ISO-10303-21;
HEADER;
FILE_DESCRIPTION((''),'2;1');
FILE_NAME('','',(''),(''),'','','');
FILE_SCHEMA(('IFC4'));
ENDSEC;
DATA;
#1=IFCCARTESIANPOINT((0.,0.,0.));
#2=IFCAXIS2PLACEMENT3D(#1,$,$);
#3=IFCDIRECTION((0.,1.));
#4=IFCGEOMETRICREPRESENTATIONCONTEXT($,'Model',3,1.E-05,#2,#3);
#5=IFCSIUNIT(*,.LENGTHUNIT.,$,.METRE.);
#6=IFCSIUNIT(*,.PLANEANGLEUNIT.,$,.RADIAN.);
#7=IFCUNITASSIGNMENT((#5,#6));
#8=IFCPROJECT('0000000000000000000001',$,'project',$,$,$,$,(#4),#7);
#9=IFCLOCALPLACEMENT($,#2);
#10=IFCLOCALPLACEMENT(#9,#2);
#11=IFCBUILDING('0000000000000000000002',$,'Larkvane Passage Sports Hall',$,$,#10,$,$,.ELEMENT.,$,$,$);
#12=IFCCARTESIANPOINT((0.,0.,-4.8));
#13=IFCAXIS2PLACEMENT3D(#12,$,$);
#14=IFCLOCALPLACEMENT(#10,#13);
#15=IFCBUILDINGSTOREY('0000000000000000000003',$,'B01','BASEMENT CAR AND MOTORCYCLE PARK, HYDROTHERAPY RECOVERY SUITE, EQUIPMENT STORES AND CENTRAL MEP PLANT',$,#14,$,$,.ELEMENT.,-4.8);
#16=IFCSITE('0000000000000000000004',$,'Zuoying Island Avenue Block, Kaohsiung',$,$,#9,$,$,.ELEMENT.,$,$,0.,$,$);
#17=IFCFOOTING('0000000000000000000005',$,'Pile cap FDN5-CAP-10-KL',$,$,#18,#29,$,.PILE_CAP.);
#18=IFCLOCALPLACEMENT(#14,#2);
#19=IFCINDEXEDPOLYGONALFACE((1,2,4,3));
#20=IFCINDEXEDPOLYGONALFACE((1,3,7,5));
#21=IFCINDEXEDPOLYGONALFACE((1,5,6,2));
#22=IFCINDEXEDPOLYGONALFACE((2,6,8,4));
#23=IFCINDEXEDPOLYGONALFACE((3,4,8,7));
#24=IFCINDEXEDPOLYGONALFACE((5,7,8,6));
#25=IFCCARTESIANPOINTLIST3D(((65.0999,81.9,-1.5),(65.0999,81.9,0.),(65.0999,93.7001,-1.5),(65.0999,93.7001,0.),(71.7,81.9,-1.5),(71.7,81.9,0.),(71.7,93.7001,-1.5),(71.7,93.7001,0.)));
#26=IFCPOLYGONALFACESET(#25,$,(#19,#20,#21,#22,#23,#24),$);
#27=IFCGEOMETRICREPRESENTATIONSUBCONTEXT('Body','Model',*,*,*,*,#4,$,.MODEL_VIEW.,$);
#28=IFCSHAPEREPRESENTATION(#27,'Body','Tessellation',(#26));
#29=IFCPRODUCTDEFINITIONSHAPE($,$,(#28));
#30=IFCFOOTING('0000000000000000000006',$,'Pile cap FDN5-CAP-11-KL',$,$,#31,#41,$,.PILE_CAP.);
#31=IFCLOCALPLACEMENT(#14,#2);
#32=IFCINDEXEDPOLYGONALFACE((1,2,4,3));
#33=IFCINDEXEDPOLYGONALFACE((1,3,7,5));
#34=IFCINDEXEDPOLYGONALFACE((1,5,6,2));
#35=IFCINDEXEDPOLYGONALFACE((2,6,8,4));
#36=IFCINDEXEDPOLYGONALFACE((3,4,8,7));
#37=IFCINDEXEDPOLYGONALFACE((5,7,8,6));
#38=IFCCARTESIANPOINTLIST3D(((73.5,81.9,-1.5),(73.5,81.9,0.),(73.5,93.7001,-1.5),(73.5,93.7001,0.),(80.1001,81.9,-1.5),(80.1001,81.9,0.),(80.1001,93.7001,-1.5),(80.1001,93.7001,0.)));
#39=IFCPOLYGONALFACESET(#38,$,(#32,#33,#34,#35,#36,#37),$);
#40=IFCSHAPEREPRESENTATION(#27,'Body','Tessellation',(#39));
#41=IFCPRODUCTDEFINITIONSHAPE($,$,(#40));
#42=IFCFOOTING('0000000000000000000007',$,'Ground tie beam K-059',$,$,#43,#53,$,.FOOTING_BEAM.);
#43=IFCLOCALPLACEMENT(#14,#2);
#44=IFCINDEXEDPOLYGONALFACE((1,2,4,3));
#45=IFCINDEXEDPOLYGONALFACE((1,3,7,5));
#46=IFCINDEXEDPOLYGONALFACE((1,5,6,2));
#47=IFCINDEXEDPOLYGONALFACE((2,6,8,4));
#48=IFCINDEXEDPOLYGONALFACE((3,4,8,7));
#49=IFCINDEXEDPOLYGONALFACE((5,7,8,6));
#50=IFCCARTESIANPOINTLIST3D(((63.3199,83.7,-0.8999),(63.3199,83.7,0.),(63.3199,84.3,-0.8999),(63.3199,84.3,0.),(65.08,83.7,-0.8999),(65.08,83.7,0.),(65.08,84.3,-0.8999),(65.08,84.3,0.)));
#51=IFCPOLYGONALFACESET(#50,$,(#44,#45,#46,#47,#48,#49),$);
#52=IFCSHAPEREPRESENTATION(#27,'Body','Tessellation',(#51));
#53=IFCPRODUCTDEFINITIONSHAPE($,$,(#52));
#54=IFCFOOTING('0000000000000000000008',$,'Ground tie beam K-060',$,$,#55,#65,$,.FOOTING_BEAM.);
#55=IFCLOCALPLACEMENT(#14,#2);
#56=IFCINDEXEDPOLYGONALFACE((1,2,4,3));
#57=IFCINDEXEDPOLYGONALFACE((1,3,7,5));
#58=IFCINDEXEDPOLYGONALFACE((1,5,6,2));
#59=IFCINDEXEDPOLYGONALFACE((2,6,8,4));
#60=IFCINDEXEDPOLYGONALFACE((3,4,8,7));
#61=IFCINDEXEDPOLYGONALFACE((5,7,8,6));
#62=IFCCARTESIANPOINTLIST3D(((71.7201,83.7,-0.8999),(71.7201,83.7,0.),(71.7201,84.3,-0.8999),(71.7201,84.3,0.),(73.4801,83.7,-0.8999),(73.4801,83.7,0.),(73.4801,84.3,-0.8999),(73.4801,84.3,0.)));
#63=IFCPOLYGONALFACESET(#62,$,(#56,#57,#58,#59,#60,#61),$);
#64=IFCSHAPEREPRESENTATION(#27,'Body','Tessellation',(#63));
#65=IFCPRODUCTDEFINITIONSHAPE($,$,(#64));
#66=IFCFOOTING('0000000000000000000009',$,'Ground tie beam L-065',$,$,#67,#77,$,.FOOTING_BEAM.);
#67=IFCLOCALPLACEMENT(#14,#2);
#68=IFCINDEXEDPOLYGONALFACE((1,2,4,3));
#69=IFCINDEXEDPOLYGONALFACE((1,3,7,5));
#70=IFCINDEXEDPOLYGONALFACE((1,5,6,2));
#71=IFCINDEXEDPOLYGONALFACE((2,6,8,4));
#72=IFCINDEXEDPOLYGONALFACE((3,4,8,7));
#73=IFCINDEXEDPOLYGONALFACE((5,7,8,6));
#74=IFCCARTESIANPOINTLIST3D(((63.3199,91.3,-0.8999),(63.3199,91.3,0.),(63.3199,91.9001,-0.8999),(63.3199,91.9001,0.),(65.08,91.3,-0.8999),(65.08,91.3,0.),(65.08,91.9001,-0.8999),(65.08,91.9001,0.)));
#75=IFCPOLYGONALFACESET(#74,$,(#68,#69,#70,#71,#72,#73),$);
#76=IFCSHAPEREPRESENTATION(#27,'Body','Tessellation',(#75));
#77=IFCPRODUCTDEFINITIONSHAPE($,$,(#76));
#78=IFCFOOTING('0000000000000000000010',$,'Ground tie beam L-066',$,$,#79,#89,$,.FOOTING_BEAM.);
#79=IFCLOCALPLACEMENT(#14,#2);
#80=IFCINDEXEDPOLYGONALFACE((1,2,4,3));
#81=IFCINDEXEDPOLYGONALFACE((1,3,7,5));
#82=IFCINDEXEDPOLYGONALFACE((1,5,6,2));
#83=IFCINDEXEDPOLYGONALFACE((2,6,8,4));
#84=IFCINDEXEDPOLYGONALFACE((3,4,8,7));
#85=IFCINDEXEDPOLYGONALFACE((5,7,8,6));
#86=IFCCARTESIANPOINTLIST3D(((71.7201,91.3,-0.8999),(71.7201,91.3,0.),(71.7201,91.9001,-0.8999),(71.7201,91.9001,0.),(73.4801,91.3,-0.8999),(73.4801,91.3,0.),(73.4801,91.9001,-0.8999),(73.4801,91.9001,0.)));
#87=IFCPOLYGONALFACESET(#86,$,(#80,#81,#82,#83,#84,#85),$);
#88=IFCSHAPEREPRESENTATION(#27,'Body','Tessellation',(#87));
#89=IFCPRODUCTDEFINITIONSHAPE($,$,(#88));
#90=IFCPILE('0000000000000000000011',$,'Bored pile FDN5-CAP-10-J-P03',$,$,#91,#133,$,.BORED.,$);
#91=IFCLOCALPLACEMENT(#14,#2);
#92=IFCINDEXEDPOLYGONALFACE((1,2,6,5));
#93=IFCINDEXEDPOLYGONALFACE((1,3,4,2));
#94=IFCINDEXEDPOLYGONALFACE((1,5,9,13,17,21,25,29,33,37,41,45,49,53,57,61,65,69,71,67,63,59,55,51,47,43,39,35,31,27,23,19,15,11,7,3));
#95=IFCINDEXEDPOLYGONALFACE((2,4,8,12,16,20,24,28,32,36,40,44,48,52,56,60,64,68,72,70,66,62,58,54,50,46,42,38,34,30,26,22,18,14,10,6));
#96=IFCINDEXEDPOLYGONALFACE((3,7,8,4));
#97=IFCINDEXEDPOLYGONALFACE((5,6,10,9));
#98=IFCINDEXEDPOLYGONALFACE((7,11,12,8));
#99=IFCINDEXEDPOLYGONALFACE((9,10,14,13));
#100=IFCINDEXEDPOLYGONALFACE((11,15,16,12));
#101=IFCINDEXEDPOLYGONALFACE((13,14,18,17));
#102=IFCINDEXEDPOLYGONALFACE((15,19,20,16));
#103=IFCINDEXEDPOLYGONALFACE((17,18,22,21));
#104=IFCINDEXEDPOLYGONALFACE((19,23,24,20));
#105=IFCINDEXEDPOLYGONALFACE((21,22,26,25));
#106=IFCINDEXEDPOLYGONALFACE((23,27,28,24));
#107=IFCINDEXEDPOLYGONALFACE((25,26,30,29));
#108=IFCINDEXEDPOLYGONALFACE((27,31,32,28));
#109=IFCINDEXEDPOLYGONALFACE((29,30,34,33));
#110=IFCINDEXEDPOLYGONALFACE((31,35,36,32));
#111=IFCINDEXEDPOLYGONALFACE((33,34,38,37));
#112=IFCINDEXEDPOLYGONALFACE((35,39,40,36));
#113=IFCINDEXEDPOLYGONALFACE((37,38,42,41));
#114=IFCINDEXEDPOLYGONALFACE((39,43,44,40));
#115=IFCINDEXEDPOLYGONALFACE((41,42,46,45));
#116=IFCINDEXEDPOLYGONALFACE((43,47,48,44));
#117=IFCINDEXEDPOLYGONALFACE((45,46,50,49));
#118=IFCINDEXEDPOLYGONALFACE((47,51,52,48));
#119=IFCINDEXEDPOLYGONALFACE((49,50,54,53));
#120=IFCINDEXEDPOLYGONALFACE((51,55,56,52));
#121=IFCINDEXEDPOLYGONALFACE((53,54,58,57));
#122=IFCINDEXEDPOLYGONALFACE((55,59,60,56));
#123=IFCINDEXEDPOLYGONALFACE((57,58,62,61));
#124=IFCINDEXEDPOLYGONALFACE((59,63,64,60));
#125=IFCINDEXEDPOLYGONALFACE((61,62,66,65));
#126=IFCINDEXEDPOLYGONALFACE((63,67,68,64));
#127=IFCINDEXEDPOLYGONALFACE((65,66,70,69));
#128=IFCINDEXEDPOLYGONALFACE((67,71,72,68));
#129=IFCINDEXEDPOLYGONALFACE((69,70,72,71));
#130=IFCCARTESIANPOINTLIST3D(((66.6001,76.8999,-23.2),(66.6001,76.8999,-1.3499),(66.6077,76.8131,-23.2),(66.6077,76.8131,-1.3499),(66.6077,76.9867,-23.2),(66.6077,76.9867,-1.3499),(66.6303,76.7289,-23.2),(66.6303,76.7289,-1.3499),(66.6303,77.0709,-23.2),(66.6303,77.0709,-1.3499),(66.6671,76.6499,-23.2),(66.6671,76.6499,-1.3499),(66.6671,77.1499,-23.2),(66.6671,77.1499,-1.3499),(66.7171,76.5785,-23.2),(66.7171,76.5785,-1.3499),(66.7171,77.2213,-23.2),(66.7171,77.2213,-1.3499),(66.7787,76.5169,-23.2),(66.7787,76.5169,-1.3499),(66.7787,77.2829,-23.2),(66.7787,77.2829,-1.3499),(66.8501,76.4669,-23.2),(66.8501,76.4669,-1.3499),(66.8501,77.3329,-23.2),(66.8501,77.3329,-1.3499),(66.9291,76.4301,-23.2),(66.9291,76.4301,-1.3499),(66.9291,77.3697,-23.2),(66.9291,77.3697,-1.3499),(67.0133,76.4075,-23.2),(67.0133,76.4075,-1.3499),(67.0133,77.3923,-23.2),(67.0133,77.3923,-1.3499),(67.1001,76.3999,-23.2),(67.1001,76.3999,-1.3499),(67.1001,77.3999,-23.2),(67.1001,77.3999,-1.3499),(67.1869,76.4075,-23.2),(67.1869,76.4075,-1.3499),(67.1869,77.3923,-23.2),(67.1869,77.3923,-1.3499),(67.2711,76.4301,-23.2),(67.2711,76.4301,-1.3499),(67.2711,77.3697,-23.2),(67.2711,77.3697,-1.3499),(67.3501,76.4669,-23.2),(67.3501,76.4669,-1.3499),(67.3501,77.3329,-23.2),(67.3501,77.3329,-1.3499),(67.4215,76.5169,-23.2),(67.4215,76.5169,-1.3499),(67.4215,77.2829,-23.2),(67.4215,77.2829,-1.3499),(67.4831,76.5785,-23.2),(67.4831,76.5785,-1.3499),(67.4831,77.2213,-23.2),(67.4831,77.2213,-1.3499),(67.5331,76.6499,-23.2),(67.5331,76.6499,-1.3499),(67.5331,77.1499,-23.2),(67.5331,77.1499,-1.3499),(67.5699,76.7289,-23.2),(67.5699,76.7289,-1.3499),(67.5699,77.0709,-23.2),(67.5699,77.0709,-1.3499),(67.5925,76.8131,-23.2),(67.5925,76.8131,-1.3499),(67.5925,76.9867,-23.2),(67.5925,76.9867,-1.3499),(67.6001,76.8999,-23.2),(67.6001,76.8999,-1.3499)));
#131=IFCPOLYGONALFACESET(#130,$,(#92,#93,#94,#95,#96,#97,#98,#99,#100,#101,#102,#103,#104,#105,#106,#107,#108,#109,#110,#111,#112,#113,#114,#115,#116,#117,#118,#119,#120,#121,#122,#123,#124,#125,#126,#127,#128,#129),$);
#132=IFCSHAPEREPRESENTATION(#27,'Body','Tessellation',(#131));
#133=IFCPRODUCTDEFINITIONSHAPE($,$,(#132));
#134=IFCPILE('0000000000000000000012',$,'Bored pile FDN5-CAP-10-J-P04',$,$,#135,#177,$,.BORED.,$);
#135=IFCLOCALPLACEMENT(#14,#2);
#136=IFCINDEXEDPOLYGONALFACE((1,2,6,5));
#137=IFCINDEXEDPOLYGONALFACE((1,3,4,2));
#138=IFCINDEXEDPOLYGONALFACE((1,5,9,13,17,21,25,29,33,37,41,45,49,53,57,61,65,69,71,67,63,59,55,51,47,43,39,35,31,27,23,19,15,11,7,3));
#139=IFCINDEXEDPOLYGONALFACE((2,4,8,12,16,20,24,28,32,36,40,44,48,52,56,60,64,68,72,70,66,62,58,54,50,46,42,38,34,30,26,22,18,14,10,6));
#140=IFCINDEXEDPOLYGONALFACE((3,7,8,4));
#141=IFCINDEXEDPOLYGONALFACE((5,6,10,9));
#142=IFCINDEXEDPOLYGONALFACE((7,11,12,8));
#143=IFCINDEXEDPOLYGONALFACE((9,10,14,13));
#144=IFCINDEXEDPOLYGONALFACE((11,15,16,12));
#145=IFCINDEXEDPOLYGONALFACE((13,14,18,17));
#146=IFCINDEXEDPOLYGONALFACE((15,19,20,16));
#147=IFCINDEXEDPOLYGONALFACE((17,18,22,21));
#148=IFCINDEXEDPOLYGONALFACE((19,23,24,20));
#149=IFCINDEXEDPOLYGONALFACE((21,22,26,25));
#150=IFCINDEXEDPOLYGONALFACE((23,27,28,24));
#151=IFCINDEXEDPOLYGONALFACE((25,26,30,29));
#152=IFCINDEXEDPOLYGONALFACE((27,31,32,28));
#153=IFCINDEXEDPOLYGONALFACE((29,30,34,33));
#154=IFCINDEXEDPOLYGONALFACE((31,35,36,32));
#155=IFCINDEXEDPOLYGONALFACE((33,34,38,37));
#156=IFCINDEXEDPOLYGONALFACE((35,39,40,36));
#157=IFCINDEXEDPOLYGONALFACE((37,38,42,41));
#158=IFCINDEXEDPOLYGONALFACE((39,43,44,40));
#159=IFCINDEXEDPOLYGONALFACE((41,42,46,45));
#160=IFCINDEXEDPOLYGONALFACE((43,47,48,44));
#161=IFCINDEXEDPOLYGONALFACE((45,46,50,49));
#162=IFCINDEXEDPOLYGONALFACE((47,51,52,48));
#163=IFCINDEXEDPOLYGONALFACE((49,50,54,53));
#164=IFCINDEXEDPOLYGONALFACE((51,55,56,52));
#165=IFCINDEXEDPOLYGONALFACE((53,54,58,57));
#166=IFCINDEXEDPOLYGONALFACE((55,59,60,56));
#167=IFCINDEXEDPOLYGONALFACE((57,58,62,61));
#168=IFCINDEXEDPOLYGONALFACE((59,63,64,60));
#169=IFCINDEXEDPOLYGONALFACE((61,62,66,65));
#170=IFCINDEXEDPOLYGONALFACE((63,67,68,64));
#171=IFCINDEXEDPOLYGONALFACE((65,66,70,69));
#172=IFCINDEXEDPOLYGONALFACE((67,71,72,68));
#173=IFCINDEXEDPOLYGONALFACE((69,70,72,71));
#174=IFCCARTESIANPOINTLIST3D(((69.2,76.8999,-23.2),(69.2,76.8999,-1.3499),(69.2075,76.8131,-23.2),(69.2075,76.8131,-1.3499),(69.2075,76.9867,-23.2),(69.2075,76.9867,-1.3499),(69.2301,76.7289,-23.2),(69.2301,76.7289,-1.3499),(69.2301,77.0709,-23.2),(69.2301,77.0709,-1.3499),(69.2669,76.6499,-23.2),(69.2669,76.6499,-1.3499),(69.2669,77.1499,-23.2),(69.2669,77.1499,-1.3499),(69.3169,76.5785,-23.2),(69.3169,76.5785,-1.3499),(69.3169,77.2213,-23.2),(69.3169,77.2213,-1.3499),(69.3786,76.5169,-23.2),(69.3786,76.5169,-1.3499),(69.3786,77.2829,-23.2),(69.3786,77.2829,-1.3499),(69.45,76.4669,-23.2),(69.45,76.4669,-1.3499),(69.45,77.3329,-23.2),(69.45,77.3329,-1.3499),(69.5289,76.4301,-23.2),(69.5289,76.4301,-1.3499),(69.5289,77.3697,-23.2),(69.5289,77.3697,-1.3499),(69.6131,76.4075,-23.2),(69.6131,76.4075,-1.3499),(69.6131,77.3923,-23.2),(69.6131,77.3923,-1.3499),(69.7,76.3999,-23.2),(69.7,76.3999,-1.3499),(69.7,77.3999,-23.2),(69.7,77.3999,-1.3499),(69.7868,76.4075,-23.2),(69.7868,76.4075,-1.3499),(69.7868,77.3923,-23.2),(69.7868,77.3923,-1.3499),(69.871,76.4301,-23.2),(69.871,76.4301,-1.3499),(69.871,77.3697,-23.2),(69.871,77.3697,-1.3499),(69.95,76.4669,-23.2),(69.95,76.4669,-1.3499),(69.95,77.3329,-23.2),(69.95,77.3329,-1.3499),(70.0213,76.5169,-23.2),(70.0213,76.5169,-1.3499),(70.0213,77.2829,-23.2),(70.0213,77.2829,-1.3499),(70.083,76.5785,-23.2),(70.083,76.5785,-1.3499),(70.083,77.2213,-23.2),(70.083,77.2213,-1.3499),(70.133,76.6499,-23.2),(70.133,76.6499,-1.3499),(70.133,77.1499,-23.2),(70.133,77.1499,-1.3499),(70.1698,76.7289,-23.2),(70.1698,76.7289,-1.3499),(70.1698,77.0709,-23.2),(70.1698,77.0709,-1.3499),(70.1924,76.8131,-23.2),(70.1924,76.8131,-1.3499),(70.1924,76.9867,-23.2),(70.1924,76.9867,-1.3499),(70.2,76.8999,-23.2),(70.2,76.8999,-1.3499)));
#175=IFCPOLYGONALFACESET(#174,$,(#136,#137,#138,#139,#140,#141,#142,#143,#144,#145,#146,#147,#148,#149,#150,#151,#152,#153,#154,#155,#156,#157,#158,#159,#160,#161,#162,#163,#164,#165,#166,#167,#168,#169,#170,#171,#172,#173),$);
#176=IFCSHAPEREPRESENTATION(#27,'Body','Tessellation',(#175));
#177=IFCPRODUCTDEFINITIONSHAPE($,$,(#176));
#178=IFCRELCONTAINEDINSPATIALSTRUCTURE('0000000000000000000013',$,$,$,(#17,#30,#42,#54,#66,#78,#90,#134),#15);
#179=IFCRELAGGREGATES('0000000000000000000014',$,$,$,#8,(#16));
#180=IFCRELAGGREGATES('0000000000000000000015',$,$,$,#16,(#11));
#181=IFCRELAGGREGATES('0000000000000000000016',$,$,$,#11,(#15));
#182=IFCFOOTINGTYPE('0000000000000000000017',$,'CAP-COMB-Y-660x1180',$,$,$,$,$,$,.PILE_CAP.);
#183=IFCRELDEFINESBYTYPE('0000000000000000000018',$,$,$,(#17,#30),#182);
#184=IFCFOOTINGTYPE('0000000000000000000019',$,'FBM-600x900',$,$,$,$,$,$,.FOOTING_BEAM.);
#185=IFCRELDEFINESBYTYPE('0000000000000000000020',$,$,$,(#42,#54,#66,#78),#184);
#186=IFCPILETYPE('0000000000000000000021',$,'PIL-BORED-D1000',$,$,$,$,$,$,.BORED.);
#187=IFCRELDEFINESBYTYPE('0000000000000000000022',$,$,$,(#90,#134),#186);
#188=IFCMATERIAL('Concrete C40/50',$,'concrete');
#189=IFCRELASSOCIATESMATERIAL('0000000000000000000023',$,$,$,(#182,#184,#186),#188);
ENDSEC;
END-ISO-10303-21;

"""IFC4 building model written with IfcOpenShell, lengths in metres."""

from ifc_helpers import new_model, si_unit, direction, frame, origin, origin_2d, place, context, subcontext, project, spatial, rectangle, circle, extrude, material, material_profile, profile_set, type_object, element, save


model = new_model("IFC4")

# Units and contexts
model_context = context("Model", 3, precision=1e-05, world=origin(), true_north=direction((0.0, 1.0)))
body_context = subcontext(model_context, "Body", "Model", "MODEL_VIEW")
ifc_project = project(units=[si_unit("LENGTHUNIT", "METRE"), si_unit("PLANEANGLEUNIT", "RADIAN")], contexts=[model_context])

# Site, building, storey
site_placement = place(None, origin())
site = spatial("IfcSite", under=ifc_project, at=site_placement, Name="Zuoying Island Avenue Block, Kaohsiung", CompositionType="ELEMENT", RefElevation=0.0)
building_placement = place(site_placement, origin())
building = spatial("IfcBuilding", under=site, at=building_placement, Name="Larkvane Passage Sports Hall", CompositionType="ELEMENT")
storey_placement = place(building_placement, frame((0.0, 0.0, -4.8)))
storey = spatial("IfcBuildingStorey", under=building, at=storey_placement, Name="B01", Description="BASEMENT CAR AND MOTORCYCLE PARK, HYDROTHERAPY RECOVERY SUITE, EQUIPMENT STORES AND CENTRAL MEP PLANT", CompositionType="ELEMENT", Elevation=-4.8)

# Footings
ifc_material_1 = material(Name="Concrete C40/50", Category="concrete")
footing_type_1 = type_object("IfcFootingType", Name="CAP-COMB-Y-660x1180", PredefinedType="PILE_CAP", material=ifc_material_1)
for number, where, z_axis, x_axis, name in (
    (1, (68.3999, 87.8, -1.5), (0.0, 0.0, 1.0), (1.0, 0.0, 0.0), "Pile cap FDN5-CAP-10-KL"),
    (2, (76.8, 87.8, -1.5), (0.0, 0.0, 1.0), (1.0, 0.0, 0.0), "Pile cap FDN5-CAP-11-KL"),
):
    element("IfcFooting", number, at=place(storey_placement, frame(where, z_axis=z_axis, x_axis=x_axis)), inside=storey, type_object=footing_type_1, Name=name, PredefinedType="PILE_CAP", context=body_context, shape_type="SweptSolid", body=[
        extrude(rectangle(XDim=6.6001, YDim=11.8, at=origin_2d()), origin(), (0.0, 0.0, 1.0), 1.5),
    ])
footing_type_2 = type_object("IfcFootingType", Name="FBM-600x900", PredefinedType="FOOTING_BEAM", material=ifc_material_1)
for number, where, z_axis, x_axis, name in (
    (3, (64.2, 84.0, -0.8999), (0.0, 0.0, 1.0), (1.0, 0.0, 0.0), "Ground tie beam K-059"),
    (4, (72.6001, 84.0, -0.8999), (0.0, 0.0, 1.0), (1.0, 0.0, 0.0), "Ground tie beam K-060"),
    (5, (64.2, 91.6001, -0.8999), (0.0, 0.0, 1.0), (1.0, 0.0, 0.0), "Ground tie beam L-065"),
    (6, (72.6001, 91.6001, -0.8999), (0.0, 0.0, 1.0), (1.0, 0.0, 0.0), "Ground tie beam L-066"),
):
    element("IfcFooting", number, at=place(storey_placement, frame(where, z_axis=z_axis, x_axis=x_axis)), inside=storey, type_object=footing_type_2, Name=name, PredefinedType="FOOTING_BEAM", context=body_context, shape_type="SweptSolid", body=[
        extrude(rectangle(XDim=1.76, YDim=0.6001, at=origin_2d()), origin(), (0.0, 0.0, 1.0), 0.8999),
    ])

# Piles
ifc_material_profile_1 = material_profile(ifc_material_1, circle(Radius=0.5, at=origin_2d()), Name="PILE-D1000")
ifc_profile_set_1 = profile_set([ifc_material_profile_1], Name="Concrete C40/50")
pile_type_1 = type_object("IfcPileType", Name="PIL-BORED-D1000", PredefinedType="BORED", material=ifc_profile_set_1)
for number, where, z_axis, x_axis, name in (
    (7, (67.1001, 76.8999, -1.3499), (0.0, 0.0, -1.0), (1.0, 0.0, 0.0), "Bored pile FDN5-CAP-10-J-P03"),
    (8, (69.7, 76.8999, -1.3499), (0.0, 0.0, -1.0), (1.0, 0.0, 0.0), "Bored pile FDN5-CAP-10-J-P04"),
):
    element("IfcPile", number, at=place(storey_placement, frame(where, z_axis=z_axis, x_axis=x_axis)), inside=storey, type_object=pile_type_1, Name=name, PredefinedType="BORED", context=body_context, shape_type="SweptSolid", body=[
        extrude(circle(Radius=0.5, at=origin_2d()), origin(), (0.0, 0.0, 1.0), 21.8501),
    ])

save(model, "model.ifc")
